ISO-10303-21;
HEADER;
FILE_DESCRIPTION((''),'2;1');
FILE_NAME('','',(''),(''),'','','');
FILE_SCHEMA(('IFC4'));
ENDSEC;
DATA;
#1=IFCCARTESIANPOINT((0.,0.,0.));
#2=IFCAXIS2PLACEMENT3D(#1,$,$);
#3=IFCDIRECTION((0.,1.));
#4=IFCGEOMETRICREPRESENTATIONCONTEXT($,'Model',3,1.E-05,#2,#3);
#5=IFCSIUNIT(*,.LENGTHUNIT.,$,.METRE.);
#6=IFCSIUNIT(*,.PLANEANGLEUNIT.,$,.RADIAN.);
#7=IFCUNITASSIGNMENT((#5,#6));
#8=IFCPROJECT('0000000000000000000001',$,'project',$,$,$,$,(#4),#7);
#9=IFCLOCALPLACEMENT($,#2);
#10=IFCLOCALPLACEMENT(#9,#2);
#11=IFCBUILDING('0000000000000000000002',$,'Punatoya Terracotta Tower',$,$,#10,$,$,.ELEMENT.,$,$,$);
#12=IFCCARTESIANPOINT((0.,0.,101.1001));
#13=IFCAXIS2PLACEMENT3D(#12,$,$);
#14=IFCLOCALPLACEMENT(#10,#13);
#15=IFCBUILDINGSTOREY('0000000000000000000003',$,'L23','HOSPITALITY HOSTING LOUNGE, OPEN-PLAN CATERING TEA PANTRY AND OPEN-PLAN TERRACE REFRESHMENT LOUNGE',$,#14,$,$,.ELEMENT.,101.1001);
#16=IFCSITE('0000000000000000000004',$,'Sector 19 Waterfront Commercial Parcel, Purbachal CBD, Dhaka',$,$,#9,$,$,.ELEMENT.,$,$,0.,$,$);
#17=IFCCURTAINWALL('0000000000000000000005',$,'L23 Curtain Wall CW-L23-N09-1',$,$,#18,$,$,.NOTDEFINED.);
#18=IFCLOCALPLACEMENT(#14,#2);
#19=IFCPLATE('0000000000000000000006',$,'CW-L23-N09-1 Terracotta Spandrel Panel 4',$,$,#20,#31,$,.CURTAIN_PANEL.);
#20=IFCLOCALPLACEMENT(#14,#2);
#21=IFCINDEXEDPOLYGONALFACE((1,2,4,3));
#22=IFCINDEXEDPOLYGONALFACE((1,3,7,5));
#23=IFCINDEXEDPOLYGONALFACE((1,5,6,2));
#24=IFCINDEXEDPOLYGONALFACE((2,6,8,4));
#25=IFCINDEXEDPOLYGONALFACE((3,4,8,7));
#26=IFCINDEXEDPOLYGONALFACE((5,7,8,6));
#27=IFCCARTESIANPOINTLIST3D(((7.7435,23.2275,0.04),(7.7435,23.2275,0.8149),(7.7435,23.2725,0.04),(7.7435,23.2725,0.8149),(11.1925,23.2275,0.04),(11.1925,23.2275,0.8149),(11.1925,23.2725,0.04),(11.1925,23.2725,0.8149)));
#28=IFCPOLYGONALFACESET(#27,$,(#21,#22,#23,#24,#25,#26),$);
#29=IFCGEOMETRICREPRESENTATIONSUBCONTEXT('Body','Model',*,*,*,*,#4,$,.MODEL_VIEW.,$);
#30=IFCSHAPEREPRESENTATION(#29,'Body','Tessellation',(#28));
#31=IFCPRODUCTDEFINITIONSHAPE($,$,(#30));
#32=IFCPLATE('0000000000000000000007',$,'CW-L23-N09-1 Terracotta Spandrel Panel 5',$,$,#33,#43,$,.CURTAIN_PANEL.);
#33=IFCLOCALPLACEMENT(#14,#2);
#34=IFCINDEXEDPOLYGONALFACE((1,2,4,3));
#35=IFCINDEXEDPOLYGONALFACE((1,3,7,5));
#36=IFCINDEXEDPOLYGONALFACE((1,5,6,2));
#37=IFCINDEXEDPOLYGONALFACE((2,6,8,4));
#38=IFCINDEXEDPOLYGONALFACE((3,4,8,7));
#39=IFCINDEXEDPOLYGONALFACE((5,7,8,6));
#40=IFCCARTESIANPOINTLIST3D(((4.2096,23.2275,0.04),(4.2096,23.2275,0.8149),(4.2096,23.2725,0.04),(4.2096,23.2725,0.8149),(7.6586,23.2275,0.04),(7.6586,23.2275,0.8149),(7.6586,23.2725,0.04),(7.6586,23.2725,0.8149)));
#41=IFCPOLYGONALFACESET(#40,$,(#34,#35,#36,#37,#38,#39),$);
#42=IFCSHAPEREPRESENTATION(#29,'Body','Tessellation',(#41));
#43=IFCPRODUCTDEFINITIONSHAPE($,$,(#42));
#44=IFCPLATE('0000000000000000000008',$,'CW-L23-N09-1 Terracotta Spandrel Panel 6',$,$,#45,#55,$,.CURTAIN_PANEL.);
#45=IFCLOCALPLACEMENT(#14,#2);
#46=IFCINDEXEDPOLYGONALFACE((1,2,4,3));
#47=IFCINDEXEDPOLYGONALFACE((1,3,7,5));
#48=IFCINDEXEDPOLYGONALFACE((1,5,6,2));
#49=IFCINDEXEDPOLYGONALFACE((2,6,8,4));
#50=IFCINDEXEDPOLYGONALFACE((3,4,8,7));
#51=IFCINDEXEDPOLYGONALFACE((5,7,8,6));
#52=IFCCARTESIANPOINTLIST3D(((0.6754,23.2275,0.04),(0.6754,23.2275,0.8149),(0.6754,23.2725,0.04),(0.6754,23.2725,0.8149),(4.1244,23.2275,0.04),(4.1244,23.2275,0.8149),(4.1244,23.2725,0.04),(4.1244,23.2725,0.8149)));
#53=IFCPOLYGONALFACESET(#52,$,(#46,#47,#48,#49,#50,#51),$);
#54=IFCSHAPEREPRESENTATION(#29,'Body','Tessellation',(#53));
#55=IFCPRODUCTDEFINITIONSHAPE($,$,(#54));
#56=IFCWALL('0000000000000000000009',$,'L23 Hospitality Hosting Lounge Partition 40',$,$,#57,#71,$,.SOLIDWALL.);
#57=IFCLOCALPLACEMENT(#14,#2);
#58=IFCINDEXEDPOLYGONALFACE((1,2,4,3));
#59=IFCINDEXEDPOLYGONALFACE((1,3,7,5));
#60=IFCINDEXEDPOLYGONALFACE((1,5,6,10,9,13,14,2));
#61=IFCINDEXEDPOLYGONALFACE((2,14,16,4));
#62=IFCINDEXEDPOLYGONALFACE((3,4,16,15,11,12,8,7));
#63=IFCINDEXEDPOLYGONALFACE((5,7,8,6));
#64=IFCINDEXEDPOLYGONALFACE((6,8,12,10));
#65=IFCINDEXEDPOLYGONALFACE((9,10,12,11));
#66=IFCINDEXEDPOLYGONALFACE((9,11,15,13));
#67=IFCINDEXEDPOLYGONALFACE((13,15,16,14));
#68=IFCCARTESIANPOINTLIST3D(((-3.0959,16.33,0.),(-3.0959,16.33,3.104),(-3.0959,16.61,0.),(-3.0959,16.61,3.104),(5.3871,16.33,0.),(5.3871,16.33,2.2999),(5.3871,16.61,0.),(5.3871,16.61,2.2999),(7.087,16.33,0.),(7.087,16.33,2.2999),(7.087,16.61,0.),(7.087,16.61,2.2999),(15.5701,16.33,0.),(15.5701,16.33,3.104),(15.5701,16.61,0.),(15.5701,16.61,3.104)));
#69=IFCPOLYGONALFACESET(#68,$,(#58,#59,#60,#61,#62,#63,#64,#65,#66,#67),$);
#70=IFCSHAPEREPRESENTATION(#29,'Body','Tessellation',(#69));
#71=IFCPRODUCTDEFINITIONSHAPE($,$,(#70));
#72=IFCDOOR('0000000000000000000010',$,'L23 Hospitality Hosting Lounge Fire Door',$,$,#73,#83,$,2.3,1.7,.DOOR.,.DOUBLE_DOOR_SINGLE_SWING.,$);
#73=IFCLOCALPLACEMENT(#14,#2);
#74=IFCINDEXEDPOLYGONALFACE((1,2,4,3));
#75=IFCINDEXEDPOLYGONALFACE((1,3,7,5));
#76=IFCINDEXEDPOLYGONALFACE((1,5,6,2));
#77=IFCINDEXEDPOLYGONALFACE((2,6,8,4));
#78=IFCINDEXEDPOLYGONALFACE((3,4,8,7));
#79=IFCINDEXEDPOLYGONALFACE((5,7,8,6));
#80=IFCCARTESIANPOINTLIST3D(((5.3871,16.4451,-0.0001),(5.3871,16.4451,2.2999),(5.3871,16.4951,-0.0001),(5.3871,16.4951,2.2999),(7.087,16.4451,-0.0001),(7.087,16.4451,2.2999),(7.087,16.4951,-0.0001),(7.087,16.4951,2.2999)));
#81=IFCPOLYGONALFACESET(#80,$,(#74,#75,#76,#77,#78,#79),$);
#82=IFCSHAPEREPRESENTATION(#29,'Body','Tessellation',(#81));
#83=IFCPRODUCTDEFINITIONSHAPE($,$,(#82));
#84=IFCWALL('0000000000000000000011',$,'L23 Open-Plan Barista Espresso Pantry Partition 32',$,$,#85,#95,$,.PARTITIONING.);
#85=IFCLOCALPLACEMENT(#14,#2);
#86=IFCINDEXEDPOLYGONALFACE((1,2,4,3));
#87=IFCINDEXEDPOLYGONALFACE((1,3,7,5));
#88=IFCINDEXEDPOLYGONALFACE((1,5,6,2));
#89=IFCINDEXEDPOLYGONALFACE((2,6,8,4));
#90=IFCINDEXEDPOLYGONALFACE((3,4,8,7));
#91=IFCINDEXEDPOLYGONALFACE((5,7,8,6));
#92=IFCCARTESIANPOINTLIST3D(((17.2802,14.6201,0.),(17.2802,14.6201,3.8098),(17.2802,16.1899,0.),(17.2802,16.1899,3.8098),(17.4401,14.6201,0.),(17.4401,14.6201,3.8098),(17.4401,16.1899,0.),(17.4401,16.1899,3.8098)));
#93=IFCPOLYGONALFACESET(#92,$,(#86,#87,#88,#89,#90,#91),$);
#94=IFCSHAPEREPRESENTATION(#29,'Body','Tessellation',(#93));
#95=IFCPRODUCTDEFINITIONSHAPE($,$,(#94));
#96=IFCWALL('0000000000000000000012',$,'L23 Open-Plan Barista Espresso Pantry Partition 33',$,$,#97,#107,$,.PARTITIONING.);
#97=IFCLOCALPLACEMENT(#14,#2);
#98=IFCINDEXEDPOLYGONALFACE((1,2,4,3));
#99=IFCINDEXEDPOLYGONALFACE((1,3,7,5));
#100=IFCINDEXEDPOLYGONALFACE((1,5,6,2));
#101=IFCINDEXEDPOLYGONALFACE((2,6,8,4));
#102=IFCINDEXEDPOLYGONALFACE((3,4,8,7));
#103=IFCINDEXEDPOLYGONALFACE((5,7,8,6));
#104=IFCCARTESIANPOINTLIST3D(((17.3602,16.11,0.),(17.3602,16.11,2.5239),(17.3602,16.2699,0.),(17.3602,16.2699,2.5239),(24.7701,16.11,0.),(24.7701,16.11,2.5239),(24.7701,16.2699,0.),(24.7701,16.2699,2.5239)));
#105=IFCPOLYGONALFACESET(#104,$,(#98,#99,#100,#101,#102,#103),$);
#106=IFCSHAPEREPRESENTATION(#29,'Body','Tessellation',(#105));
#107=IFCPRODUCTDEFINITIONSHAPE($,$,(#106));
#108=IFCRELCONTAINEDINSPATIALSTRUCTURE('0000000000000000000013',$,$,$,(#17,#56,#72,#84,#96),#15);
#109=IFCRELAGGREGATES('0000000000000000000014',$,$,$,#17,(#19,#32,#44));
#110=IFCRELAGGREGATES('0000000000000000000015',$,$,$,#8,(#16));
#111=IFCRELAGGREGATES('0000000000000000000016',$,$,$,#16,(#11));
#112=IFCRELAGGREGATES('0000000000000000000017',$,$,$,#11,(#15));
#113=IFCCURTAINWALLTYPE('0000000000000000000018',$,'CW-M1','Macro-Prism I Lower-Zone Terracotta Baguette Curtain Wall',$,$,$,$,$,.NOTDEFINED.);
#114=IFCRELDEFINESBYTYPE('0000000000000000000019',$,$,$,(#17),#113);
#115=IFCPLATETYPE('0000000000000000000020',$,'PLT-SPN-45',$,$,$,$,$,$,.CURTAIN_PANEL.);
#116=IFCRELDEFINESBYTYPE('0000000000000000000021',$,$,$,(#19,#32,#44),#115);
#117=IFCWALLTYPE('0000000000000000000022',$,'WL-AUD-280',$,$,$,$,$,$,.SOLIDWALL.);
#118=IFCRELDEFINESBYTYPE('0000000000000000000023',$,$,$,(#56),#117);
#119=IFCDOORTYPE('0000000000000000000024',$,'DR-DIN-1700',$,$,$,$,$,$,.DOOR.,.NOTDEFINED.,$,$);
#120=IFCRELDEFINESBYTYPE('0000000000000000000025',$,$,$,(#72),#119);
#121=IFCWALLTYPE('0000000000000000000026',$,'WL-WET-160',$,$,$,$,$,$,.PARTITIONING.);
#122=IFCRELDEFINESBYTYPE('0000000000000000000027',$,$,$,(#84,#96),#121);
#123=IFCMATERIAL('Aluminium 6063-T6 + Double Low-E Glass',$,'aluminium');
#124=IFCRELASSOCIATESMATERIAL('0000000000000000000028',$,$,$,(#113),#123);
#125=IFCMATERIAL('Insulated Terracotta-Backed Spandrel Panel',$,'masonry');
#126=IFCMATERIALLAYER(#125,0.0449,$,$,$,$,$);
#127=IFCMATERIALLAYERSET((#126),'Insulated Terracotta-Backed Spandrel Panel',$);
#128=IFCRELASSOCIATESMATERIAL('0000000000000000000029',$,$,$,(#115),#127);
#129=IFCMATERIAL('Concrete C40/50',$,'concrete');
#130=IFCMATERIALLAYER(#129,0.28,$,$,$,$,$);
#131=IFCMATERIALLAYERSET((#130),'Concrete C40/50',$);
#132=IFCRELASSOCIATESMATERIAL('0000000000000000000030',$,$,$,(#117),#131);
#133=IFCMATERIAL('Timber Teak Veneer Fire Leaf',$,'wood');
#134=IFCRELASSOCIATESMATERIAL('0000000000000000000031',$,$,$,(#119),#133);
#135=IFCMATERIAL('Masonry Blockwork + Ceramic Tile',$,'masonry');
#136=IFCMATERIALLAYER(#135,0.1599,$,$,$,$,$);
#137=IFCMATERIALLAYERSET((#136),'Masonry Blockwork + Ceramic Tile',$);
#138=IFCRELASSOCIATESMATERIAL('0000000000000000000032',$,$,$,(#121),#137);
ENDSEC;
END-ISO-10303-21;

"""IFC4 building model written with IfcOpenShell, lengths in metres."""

from ifc_helpers import new_model, si_unit, direction, frame, frame_2d, origin, origin_2d, place, context, subcontext, project, spatial, rectangle, extrude, material, layer, layer_set, type_object, element, fill, aggregate, save


model = new_model("IFC4")

# Units and contexts
model_context = context("Model", 3, precision=1e-05, world=origin(), true_north=direction((0.0, 1.0)))
body_context = subcontext(model_context, "Body", "Model", "MODEL_VIEW")
ifc_project = project(units=[si_unit("LENGTHUNIT", "METRE"), si_unit("PLANEANGLEUNIT", "RADIAN")], contexts=[model_context])

# Site, building, storey
site_placement = place(None, origin())
site = spatial("IfcSite", under=ifc_project, at=site_placement, Name="Sector 19 Waterfront Commercial Parcel, Purbachal CBD, Dhaka", CompositionType="ELEMENT", RefElevation=0.0)
building_placement = place(site_placement, origin())
building = spatial("IfcBuilding", under=site, at=building_placement, Name="Punatoya Terracotta Tower", CompositionType="ELEMENT")
storey_placement = place(building_placement, frame((0.0, 0.0, 101.1001)))
storey = spatial("IfcBuildingStorey", under=building, at=storey_placement, Name="L23", Description="HOSPITALITY HOSTING LOUNGE, OPEN-PLAN CATERING TEA PANTRY AND OPEN-PLAN TERRACE REFRESHMENT LOUNGE", CompositionType="ELEMENT", Elevation=101.1001)

# Curtain wall, plates
ifc_material_1 = material(Name="Aluminium 6063-T6 + Double Low-E Glass", Category="aluminium")
curtain_wall_type = type_object("IfcCurtainWallType", Name="CW-M1", Description="Macro-Prism I Lower-Zone Terracotta Baguette Curtain Wall", PredefinedType="NOTDEFINED", material=ifc_material_1)
curtain_wall_placement = place(storey_placement, origin())
curtain_wall = element("IfcCurtainWall", 1, at=curtain_wall_placement, inside=storey, type_object=curtain_wall_type, Name="L23 Curtain Wall CW-L23-N09-1", PredefinedType="NOTDEFINED")
ifc_material_2 = material(Name="Insulated Terracotta-Backed Spandrel Panel", Category="masonry")
ifc_layer_1 = layer(ifc_material_2, 0.0449)
ifc_layer_set_1 = layer_set([ifc_layer_1], Name="Insulated Terracotta-Backed Spandrel Panel")
plate_type_1 = type_object("IfcPlateType", Name="PLT-SPN-45", PredefinedType="CURTAIN_PANEL", material=ifc_layer_set_1)
plate_1_placement = place(storey_placement, frame((9.468, 23.25, 0.04), z_axis=(0.0, 0.0, 1.0), x_axis=(-1.0, 0.0, 0.0)))
plate_1 = element("IfcPlate", 2, at=plate_1_placement, type_object=plate_type_1, Name="CW-L23-N09-1 Terracotta Spandrel Panel 4", PredefinedType="CURTAIN_PANEL", context=body_context, shape_type="SweptSolid", body=[
    extrude(rectangle(XDim=3.449, YDim=0.0449, at=origin_2d()), origin(), (0.0, 0.0, 1.0), 0.7749),
])
plate_2_placement = place(storey_placement, frame((5.9341, 23.25, 0.04), z_axis=(0.0, 0.0, 1.0), x_axis=(-1.0, 0.0, 0.0)))
plate_2 = element("IfcPlate", 3, at=plate_2_placement, type_object=plate_type_1, Name="CW-L23-N09-1 Terracotta Spandrel Panel 5", PredefinedType="CURTAIN_PANEL", context=body_context, shape_type="SweptSolid", body=[
    extrude(rectangle(XDim=3.449, YDim=0.0449, at=origin_2d()), origin(), (0.0, 0.0, 1.0), 0.7749),
])
plate_3_placement = place(storey_placement, frame((2.3999, 23.25, 0.04), z_axis=(0.0, 0.0, 1.0), x_axis=(-1.0, 0.0, 0.0)))
plate_3 = element("IfcPlate", 4, at=plate_3_placement, type_object=plate_type_1, Name="CW-L23-N09-1 Terracotta Spandrel Panel 6", PredefinedType="CURTAIN_PANEL", context=body_context, shape_type="SweptSolid", body=[
    extrude(rectangle(XDim=3.449, YDim=0.0449, at=origin_2d()), origin(), (0.0, 0.0, 1.0), 0.7749),
])
aggregate(curtain_wall, [plate_1, plate_2, plate_3])

# Wall, opening, door
ifc_material_3 = material(Name="Concrete C40/50", Category="concrete")
ifc_layer_2 = layer(ifc_material_3, 0.28)
ifc_layer_set_2 = layer_set([ifc_layer_2], Name="Concrete C40/50")
wall_type_1 = type_object("IfcWallType", Name="WL-AUD-280", PredefinedType="SOLIDWALL", material=ifc_layer_set_2)
wall_1_placement = place(storey_placement, frame((15.5701, 16.47, 0.0), z_axis=(0.0, 0.0, 1.0), x_axis=(-1.0, 0.0, 0.0)))
wall_1 = element("IfcWall", 5, at=wall_1_placement, inside=storey, type_object=wall_type_1, Name="L23 Hospitality Hosting Lounge Partition 40", PredefinedType="SOLIDWALL", context=body_context, shape_type="SweptSolid", body=[
    extrude(rectangle(XDim=18.666, YDim=0.28, at=frame_2d((9.333, 0.0))), origin(), (0.0, 0.0, 1.0), 3.104),
])
opening_placement = place(wall_1_placement, frame((8.4829, 0.0, 0.0)))
opening = element("IfcOpeningElement", 6, at=opening_placement, cuts=wall_1, PredefinedType="OPENING", context=body_context, shape_type="SweptSolid", body=[
    extrude(rectangle(XDim=1.7, YDim=2.3, at=frame_2d((0.8501, 1.1499))), frame((0.0, 0.1499, 0.0), z_axis=(0.0, -1.0, 0.0), x_axis=(1.0, 0.0, 0.0)), (0.0, 0.0, 1.0), 0.3),
])
ifc_material_4 = material(Name="Timber Teak Veneer Fire Leaf", Category="wood")
door_type = type_object("IfcDoorType", Name="DR-DIN-1700", OperationType="NOTDEFINED", PredefinedType="DOOR", material=ifc_material_4)
door_placement = place(opening_placement, origin())
door = element("IfcDoor", 7, at=door_placement, inside=storey, type_object=door_type, Name="L23 Hospitality Hosting Lounge Fire Door", OperationType="DOUBLE_DOOR_SINGLE_SWING", OverallHeight=2.3, OverallWidth=1.7, PredefinedType="DOOR", context=body_context, shape_type="SweptSolid", body=[
    extrude(rectangle(XDim=1.7, YDim=2.3, at=frame_2d((0.8501, 1.1499))), frame((0.0, 0.0249, 0.0), z_axis=(0.0, -1.0, 0.0), x_axis=(1.0, 0.0, 0.0)), (0.0, 0.0, 1.0), 0.05),
])
fill(opening, door)

# Walls
ifc_material_5 = material(Name="Masonry Blockwork + Ceramic Tile", Category="masonry")
ifc_layer_3 = layer(ifc_material_5, 0.1599)
ifc_layer_set_3 = layer_set([ifc_layer_3], Name="Masonry Blockwork + Ceramic Tile")
wall_type_2 = type_object("IfcWallType", Name="WL-WET-160", PredefinedType="PARTITIONING", material=ifc_layer_set_3)
wall_2_placement = place(storey_placement, frame((17.3601, 14.6201, 0.0), z_axis=(0.0, 0.0, 1.0), x_axis=(0.0, 1.0, 0.0)))
element("IfcWall", 8, at=wall_2_placement, inside=storey, type_object=wall_type_2, Name="L23 Open-Plan Barista Espresso Pantry Partition 32", PredefinedType="PARTITIONING", context=body_context, shape_type="SweptSolid", body=[
    extrude(rectangle(XDim=1.5698, YDim=0.1599, at=frame_2d((0.7849, 0.0))), origin(), (0.0, 0.0, 1.0), 3.8098),
])
wall_3_placement = place(storey_placement, frame((17.3601, 16.1899, 0.0), z_axis=(0.0, 0.0, 1.0), x_axis=(1.0, 0.0, 0.0)))
element("IfcWall", 9, at=wall_3_placement, inside=storey, type_object=wall_type_2, Name="L23 Open-Plan Barista Espresso Pantry Partition 33", PredefinedType="PARTITIONING", context=body_context, shape_type="SweptSolid", body=[
    extrude(rectangle(XDim=7.4099, YDim=0.1599, at=frame_2d((3.7051, 0.0))), origin(), (0.0, 0.0, 1.0), 2.5239),
])

save(model, "model.ifc")
